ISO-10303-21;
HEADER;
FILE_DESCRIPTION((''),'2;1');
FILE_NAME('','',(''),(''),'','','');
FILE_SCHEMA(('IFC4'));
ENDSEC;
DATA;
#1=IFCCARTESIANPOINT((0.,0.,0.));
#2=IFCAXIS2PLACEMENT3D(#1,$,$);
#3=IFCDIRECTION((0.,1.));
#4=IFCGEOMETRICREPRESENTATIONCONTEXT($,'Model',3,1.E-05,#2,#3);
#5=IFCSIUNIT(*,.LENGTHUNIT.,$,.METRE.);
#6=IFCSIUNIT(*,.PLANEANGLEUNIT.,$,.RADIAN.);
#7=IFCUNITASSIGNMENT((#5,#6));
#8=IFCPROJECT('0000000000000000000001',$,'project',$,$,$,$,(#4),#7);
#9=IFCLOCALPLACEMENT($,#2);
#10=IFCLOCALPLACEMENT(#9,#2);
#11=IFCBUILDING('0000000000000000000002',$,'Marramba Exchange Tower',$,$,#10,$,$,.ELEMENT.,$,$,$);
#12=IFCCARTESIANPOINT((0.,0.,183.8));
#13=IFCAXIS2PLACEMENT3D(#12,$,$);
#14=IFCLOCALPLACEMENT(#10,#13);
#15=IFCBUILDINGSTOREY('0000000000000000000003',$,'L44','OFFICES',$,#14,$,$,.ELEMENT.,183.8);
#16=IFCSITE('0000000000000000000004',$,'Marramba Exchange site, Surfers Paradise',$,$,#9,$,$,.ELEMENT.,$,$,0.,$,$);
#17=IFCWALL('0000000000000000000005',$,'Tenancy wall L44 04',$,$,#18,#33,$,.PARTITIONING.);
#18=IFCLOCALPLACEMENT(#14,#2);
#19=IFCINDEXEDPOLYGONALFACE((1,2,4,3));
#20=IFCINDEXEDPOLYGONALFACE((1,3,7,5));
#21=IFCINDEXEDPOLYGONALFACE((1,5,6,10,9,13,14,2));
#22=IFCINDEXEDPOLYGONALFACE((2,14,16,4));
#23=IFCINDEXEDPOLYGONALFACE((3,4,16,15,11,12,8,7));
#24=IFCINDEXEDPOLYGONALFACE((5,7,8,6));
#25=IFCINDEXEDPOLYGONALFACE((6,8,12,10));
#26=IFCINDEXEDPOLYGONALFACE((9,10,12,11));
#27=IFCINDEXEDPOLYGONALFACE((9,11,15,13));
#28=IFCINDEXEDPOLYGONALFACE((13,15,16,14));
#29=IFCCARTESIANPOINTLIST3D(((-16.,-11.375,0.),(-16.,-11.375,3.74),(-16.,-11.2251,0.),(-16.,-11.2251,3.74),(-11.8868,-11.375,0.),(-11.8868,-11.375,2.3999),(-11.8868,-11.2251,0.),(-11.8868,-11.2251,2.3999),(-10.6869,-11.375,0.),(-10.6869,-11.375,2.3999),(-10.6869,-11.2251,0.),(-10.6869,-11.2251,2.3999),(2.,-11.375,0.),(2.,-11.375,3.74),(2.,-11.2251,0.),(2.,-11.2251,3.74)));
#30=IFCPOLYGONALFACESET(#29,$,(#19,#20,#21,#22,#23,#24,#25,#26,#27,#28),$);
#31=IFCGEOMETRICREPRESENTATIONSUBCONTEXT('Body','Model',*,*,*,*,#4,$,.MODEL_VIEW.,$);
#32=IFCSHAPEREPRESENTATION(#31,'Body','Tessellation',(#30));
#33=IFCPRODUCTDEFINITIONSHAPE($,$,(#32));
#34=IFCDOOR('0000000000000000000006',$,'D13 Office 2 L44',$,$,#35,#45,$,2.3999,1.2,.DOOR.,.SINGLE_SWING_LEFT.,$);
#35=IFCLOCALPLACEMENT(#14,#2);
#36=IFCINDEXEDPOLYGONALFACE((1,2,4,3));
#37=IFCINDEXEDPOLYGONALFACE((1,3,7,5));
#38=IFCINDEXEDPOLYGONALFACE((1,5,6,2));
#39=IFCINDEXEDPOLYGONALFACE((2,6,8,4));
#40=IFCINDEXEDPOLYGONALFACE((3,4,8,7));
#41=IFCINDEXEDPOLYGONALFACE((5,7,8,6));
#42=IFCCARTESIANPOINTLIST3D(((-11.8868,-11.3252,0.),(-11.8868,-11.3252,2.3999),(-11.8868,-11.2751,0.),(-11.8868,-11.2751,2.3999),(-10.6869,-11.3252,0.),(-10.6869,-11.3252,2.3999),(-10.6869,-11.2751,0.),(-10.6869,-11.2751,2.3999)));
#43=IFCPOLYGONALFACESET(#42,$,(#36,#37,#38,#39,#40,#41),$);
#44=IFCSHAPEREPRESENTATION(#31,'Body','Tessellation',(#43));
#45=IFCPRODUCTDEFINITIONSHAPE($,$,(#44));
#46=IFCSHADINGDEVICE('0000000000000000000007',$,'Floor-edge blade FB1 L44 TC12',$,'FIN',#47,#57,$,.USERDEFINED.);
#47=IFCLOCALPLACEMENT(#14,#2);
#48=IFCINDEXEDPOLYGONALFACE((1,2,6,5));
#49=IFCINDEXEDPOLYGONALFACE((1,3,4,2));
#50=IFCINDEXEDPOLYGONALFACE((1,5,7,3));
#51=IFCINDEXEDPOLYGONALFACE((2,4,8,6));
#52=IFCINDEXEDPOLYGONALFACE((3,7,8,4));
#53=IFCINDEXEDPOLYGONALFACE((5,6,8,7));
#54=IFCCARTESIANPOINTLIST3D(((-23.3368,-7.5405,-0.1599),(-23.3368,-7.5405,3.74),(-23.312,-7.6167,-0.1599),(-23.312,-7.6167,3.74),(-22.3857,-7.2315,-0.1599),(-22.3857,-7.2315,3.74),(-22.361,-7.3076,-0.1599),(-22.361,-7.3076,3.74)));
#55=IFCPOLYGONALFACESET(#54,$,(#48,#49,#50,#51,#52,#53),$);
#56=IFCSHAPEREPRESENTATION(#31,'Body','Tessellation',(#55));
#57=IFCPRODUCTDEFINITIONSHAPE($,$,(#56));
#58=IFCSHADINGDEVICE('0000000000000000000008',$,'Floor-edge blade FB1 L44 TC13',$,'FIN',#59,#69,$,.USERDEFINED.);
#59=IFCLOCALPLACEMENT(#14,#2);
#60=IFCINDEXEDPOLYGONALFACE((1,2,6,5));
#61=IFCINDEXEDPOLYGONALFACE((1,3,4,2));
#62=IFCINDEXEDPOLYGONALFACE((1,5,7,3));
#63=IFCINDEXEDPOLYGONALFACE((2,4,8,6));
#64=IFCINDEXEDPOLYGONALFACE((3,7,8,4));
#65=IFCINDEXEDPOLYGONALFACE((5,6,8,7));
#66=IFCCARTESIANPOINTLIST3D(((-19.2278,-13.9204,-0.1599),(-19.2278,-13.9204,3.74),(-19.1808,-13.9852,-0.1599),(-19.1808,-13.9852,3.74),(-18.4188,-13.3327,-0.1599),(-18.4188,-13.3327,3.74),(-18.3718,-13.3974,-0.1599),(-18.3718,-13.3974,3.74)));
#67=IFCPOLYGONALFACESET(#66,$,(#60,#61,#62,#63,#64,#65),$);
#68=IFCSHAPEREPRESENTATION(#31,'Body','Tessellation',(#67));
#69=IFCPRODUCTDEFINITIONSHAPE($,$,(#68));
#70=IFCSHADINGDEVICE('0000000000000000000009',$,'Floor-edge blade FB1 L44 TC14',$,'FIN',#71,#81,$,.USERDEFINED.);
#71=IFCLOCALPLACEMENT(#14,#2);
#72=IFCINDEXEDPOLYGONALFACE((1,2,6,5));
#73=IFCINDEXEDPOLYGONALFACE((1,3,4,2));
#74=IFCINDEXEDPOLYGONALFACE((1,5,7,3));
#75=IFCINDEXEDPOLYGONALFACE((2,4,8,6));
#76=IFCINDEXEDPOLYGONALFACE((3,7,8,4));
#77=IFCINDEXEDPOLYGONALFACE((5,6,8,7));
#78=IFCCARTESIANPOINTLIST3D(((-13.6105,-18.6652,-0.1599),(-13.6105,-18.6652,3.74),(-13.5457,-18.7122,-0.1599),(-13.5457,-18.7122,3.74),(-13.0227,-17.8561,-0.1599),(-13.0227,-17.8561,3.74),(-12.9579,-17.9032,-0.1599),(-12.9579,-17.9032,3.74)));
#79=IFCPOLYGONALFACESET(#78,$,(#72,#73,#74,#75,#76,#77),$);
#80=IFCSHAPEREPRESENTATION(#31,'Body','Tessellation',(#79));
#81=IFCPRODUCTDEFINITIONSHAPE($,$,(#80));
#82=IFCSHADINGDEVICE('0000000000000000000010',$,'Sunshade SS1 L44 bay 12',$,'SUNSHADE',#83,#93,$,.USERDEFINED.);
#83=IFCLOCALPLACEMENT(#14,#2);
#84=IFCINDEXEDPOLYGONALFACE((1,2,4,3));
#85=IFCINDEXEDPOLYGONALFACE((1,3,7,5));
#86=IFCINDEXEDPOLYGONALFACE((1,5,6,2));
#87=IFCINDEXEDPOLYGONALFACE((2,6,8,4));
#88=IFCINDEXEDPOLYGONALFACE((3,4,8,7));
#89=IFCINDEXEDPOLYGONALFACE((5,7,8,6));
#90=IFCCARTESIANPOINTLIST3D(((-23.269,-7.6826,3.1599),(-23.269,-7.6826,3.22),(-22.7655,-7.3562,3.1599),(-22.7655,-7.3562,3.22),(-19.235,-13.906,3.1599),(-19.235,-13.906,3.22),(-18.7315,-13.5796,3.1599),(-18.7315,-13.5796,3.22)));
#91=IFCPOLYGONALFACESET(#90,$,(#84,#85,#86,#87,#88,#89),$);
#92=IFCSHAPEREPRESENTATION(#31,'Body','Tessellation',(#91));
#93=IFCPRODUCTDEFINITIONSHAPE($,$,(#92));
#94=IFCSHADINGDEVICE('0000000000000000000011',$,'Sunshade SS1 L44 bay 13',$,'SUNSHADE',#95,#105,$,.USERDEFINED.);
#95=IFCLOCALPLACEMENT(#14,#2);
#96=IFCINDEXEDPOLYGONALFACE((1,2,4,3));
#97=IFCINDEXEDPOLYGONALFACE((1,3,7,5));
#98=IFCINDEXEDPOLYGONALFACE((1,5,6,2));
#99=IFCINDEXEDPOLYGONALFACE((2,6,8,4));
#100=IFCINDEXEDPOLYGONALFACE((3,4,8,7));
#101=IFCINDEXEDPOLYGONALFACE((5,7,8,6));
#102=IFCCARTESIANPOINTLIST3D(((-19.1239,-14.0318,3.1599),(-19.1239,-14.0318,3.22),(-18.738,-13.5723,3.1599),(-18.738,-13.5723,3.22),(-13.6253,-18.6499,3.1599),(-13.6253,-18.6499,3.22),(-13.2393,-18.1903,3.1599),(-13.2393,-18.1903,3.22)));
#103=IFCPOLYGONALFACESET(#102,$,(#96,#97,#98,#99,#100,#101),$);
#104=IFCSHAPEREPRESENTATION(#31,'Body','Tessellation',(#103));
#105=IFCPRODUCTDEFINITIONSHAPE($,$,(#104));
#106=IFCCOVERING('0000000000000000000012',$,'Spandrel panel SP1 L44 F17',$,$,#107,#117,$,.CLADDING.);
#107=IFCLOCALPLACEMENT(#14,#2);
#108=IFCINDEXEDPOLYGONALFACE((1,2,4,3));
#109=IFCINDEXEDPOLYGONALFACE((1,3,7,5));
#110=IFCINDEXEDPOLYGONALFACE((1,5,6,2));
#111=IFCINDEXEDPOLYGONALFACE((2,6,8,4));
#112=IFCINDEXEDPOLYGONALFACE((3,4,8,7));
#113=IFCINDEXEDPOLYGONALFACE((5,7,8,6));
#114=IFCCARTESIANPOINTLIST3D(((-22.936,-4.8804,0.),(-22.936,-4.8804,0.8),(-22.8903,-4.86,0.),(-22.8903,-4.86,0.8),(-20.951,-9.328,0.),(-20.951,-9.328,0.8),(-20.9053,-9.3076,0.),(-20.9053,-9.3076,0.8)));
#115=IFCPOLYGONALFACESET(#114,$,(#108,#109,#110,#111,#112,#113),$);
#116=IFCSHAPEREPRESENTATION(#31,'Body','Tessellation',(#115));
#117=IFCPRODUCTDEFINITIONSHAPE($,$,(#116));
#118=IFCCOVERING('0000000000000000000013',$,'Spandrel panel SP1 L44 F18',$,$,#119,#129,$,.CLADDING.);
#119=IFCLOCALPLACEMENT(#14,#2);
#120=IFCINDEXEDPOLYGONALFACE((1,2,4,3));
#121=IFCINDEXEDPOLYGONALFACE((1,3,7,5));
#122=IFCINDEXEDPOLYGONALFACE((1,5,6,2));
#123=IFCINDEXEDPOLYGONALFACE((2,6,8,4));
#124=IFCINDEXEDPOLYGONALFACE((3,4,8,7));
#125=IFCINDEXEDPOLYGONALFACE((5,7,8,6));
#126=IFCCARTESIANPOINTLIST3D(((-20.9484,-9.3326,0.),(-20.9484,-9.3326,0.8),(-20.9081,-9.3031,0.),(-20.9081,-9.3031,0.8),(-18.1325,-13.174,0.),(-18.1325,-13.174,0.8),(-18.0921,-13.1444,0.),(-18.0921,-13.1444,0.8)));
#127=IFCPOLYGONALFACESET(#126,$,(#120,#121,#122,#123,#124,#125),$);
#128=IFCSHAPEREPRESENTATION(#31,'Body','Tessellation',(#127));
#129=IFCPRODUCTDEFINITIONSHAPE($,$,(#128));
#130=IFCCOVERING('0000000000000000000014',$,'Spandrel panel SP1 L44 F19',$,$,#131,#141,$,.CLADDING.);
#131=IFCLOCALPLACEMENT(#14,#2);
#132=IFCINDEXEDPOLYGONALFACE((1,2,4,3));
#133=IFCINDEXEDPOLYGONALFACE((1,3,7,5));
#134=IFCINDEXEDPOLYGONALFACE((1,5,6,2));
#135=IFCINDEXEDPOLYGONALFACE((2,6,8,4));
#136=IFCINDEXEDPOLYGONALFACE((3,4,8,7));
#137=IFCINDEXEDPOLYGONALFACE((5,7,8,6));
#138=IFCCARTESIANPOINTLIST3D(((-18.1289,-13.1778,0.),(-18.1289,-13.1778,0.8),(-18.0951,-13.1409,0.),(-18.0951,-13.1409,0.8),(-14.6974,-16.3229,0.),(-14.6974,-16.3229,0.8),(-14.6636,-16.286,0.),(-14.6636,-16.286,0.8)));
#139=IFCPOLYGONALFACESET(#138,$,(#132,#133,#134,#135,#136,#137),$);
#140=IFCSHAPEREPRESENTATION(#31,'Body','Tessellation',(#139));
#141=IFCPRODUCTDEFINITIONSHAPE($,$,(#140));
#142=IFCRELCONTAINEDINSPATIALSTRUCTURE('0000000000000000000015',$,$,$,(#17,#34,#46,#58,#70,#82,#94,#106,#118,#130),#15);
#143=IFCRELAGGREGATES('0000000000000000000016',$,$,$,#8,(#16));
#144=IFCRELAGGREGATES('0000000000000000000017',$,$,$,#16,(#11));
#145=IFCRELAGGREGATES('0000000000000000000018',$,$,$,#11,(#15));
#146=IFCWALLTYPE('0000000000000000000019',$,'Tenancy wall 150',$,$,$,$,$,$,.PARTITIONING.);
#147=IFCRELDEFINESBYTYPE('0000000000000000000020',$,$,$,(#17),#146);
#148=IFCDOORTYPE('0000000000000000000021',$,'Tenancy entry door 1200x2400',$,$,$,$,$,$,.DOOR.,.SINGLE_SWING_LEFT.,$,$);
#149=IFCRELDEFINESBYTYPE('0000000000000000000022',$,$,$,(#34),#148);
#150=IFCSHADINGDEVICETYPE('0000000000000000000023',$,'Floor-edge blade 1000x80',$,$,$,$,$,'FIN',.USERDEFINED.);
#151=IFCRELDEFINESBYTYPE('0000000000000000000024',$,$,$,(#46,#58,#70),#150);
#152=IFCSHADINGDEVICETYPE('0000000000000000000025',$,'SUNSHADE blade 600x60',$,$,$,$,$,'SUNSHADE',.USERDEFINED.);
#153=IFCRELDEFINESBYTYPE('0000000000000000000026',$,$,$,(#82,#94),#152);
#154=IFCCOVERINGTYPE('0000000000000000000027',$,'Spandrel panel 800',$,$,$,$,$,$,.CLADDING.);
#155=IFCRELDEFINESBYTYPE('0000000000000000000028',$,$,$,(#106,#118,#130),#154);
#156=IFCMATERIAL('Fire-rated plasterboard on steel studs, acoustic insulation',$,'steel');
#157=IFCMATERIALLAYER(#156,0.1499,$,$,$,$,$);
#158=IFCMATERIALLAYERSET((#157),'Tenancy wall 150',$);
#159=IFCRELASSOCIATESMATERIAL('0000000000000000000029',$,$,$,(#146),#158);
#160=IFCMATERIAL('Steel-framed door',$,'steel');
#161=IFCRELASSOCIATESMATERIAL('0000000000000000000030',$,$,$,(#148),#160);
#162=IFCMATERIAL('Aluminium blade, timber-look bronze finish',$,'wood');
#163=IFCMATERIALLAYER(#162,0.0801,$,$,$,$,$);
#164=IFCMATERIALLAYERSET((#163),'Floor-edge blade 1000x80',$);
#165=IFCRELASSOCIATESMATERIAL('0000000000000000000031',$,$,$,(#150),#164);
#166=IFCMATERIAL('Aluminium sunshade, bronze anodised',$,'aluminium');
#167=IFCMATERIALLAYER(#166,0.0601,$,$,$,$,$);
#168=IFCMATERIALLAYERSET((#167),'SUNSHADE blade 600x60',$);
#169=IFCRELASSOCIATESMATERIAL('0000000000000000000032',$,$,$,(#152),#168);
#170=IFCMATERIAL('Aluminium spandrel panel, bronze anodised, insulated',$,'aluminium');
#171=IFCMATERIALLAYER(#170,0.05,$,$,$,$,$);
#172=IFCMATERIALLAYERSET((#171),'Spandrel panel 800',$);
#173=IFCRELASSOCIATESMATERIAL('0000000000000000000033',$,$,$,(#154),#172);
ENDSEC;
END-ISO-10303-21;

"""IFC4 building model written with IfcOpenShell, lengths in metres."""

from ifc_helpers import new_model, si_unit, direction, frame, frame_2d, origin, origin_2d, place, context, subcontext, project, spatial, rectangle, extrude, material, layer, layer_set, type_object, element, fill, save


model = new_model("IFC4")

# Units and contexts
model_context = context("Model", 3, precision=1e-05, world=origin(), true_north=direction((0.0, 1.0)))
body_context = subcontext(model_context, "Body", "Model", "MODEL_VIEW")
ifc_project = project(units=[si_unit("LENGTHUNIT", "METRE"), si_unit("PLANEANGLEUNIT", "RADIAN")], contexts=[model_context])

# Site, building, storey
site_placement = place(None, origin())
site = spatial("IfcSite", under=ifc_project, at=site_placement, Name="Marramba Exchange site, Surfers Paradise", CompositionType="ELEMENT", RefElevation=0.0)
building_placement = place(site_placement, origin())
building = spatial("IfcBuilding", under=site, at=building_placement, Name="Marramba Exchange Tower", CompositionType="ELEMENT")
storey_placement = place(building_placement, frame((0.0, 0.0, 183.8)))
storey = spatial("IfcBuildingStorey", under=building, at=storey_placement, Name="L44", Description="OFFICES", CompositionType="ELEMENT", Elevation=183.8)

# Shared definitions
ifc_material_1 = material(Name="Steel-framed door", Category="steel")

# Wall, opening, door
ifc_material_2 = material(Name="Fire-rated plasterboard on steel studs, acoustic insulation", Category="steel")
ifc_layer_1 = layer(ifc_material_2, 0.1499)
ifc_layer_set_1 = layer_set([ifc_layer_1], Name="Tenancy wall 150")
wall_type_1 = type_object("IfcWallType", Name="Tenancy wall 150", PredefinedType="PARTITIONING", material=ifc_layer_set_1)
wall_1_placement = place(storey_placement, frame((-16.0, -11.3, 0.0), z_axis=(0.0, 0.0, 1.0), x_axis=(1.0, 0.0, 0.0)))
wall_1 = element("IfcWall", 1, at=wall_1_placement, inside=storey, type_object=wall_type_1, Name="Tenancy wall L44 04", PredefinedType="PARTITIONING", context=body_context, shape_type="SweptSolid", body=[
    extrude(rectangle(XDim=18.0, YDim=0.1499, at=frame_2d((9.0, 0.0))), origin(), (0.0, 0.0, 1.0), 3.74),
])
opening_1_placement = place(wall_1_placement, frame((4.113, 0.0, 0.0)))
opening_1 = element("IfcOpeningElement", 2, at=opening_1_placement, cuts=wall_1, PredefinedType="OPENING", context=body_context, shape_type="SweptSolid", body=[
    extrude(rectangle(XDim=1.2, YDim=2.3999, at=frame_2d((0.6001, 1.2))), frame((0.0, 0.085, 0.0), z_axis=(0.0, -1.0, 0.0), x_axis=(1.0, 0.0, 0.0)), (0.0, 0.0, 1.0), 0.1699),
])
door_type_1 = type_object("IfcDoorType", Name="Tenancy entry door 1200x2400", OperationType="SINGLE_SWING_LEFT", PredefinedType="DOOR", material=ifc_material_1)
door_1_placement = place(opening_1_placement, origin())
door_1 = element("IfcDoor", 3, at=door_1_placement, inside=storey, type_object=door_type_1, Name="D13 Office 2 L44", OperationType="SINGLE_SWING_LEFT", OverallHeight=2.3999, OverallWidth=1.2, PredefinedType="DOOR", context=body_context, shape_type="SweptSolid", body=[
    extrude(rectangle(XDim=1.2, YDim=2.3999, at=frame_2d((0.6001, 1.2))), frame((0.0, 0.0249, 0.0), z_axis=(0.0, -1.0, 0.0), x_axis=(1.0, 0.0, 0.0)), (0.0, 0.0, 1.0), 0.05),
])
fill(opening_1, door_1)

# Shading devices
ifc_material_3 = material(Name="Aluminium blade, timber-look bronze finish", Category="wood")
ifc_layer_2 = layer(ifc_material_3, 0.0801)
ifc_layer_set_2 = layer_set([ifc_layer_2], Name="Floor-edge blade 1000x80")
shading_device_type_1 = type_object("IfcShadingDeviceType", Name="Floor-edge blade 1000x80", ElementType="FIN", PredefinedType="USERDEFINED", material=ifc_layer_set_2)
for number, where, z_axis, x_axis, name in (
    (4, (-22.8489, -7.4241, -0.1599), (0.0, 0.0, 1.0), (-0.951057, -0.309017, 0.0), "Floor-edge blade FB1 L44 TC12"),
    (5, (-18.7998, -13.6589, -0.1599), (0.0, 0.0, 1.0), (-0.809017, -0.587785, 0.0), "Floor-edge blade FB1 L44 TC13"),
    (6, (-13.2842, -18.2842, -0.1599), (0.0, 0.0, 1.0), (-0.587785, -0.809017, 0.0), "Floor-edge blade FB1 L44 TC14"),
):
    element("IfcShadingDevice", number, at=place(storey_placement, frame(where, z_axis=z_axis, x_axis=x_axis)), inside=storey, type_object=shading_device_type_1, Name=name, ObjectType="FIN", PredefinedType="USERDEFINED", context=body_context, shape_type="SweptSolid", body=[
        extrude(rectangle(XDim=1.0, YDim=0.0801, at=origin_2d()), origin(), (0.0, 0.0, 1.0), 3.8999),
    ])
ifc_material_4 = material(Name="Aluminium sunshade, bronze anodised", Category="aluminium")
ifc_layer_3 = layer(ifc_material_4, 0.0601)
ifc_layer_set_3 = layer_set([ifc_layer_3], Name="SUNSHADE blade 600x60")
shading_device_type_2 = type_object("IfcShadingDeviceType", Name="SUNSHADE blade 600x60", ElementType="SUNSHADE", PredefinedType="USERDEFINED", material=ifc_layer_set_3)
shading_device_1_placement = place(storey_placement, frame((-21.0002, -10.6311, 3.1599), z_axis=(0.0, 0.0, 1.0), x_axis=(0.543922, -0.839136, 0.0)))
element("IfcShadingDevice", 7, at=shading_device_1_placement, inside=storey, type_object=shading_device_type_2, Name="Sunshade SS1 L44 bay 12", ObjectType="SUNSHADE", PredefinedType="USERDEFINED", context=body_context, shape_type="SweptSolid", body=[
    extrude(rectangle(XDim=7.4165, YDim=0.6001, at=origin_2d()), origin(), (0.0, 0.0, 1.0), 0.0601),
])
shading_device_2_placement = place(storey_placement, frame((-16.1816, -16.1111, 3.1599), z_axis=(0.0, 0.0, 1.0), x_axis=(0.765762, -0.643124, 0.0)))
element("IfcShadingDevice", 8, at=shading_device_2_placement, inside=storey, type_object=shading_device_type_2, Name="Sunshade SS1 L44 bay 13", ObjectType="SUNSHADE", PredefinedType="USERDEFINED", context=body_context, shape_type="SweptSolid", body=[
    extrude(rectangle(XDim=7.1807, YDim=0.6001, at=origin_2d()), origin(), (0.0, 0.0, 1.0), 0.0601),
])

# Coverings
ifc_material_5 = material(Name="Aluminium spandrel panel, bronze anodised, insulated", Category="aluminium")
ifc_layer_4 = layer(ifc_material_5, 0.05)
ifc_layer_set_4 = layer_set([ifc_layer_4], Name="Spandrel panel 800")
covering_type = type_object("IfcCoveringType", Name="Spandrel panel 800", PredefinedType="CLADDING", material=ifc_layer_set_4)
covering_1_placement = place(storey_placement, frame((-21.9207, -7.094, 0.0), z_axis=(0.0, 0.0, 1.0), x_axis=(0.407558, -0.91318, 0.0)))
element("IfcCovering", 9, at=covering_1_placement, inside=storey, type_object=covering_type, Name="Spandrel panel SP1 L44 F17", PredefinedType="CLADDING", context=body_context, shape_type="SweptSolid", body=[
    extrude(rectangle(XDim=4.8704, YDim=0.05, at=origin_2d()), origin(), (0.0, 0.0, 1.0), 0.8),
])
covering_2_placement = place(storey_placement, frame((-19.5203, -11.2385, 0.0), z_axis=(0.0, 0.0, 1.0), x_axis=(0.591223, -0.806508, 0.0)))
element("IfcCovering", 10, at=covering_2_placement, inside=storey, type_object=covering_type, Name="Spandrel panel SP1 L44 F18", PredefinedType="CLADDING", context=body_context, shape_type="SweptSolid", body=[
    extrude(rectangle(XDim=4.7629, YDim=0.05, at=origin_2d()), origin(), (0.0, 0.0, 1.0), 0.8),
])
covering_3_placement = place(storey_placement, frame((-16.3962, -14.7319, 0.0), z_axis=(0.0, 0.0, 1.0), x_axis=(0.737203, -0.675671, 0.0)))
element("IfcCovering", 11, at=covering_3_placement, inside=storey, type_object=covering_type, Name="Spandrel panel SP1 L44 F19", PredefinedType="CLADDING", context=body_context, shape_type="SweptSolid", body=[
    extrude(rectangle(XDim=4.6548, YDim=0.05, at=origin_2d()), origin(), (0.0, 0.0, 1.0), 0.8),
])

save(model, "model.ifc")
